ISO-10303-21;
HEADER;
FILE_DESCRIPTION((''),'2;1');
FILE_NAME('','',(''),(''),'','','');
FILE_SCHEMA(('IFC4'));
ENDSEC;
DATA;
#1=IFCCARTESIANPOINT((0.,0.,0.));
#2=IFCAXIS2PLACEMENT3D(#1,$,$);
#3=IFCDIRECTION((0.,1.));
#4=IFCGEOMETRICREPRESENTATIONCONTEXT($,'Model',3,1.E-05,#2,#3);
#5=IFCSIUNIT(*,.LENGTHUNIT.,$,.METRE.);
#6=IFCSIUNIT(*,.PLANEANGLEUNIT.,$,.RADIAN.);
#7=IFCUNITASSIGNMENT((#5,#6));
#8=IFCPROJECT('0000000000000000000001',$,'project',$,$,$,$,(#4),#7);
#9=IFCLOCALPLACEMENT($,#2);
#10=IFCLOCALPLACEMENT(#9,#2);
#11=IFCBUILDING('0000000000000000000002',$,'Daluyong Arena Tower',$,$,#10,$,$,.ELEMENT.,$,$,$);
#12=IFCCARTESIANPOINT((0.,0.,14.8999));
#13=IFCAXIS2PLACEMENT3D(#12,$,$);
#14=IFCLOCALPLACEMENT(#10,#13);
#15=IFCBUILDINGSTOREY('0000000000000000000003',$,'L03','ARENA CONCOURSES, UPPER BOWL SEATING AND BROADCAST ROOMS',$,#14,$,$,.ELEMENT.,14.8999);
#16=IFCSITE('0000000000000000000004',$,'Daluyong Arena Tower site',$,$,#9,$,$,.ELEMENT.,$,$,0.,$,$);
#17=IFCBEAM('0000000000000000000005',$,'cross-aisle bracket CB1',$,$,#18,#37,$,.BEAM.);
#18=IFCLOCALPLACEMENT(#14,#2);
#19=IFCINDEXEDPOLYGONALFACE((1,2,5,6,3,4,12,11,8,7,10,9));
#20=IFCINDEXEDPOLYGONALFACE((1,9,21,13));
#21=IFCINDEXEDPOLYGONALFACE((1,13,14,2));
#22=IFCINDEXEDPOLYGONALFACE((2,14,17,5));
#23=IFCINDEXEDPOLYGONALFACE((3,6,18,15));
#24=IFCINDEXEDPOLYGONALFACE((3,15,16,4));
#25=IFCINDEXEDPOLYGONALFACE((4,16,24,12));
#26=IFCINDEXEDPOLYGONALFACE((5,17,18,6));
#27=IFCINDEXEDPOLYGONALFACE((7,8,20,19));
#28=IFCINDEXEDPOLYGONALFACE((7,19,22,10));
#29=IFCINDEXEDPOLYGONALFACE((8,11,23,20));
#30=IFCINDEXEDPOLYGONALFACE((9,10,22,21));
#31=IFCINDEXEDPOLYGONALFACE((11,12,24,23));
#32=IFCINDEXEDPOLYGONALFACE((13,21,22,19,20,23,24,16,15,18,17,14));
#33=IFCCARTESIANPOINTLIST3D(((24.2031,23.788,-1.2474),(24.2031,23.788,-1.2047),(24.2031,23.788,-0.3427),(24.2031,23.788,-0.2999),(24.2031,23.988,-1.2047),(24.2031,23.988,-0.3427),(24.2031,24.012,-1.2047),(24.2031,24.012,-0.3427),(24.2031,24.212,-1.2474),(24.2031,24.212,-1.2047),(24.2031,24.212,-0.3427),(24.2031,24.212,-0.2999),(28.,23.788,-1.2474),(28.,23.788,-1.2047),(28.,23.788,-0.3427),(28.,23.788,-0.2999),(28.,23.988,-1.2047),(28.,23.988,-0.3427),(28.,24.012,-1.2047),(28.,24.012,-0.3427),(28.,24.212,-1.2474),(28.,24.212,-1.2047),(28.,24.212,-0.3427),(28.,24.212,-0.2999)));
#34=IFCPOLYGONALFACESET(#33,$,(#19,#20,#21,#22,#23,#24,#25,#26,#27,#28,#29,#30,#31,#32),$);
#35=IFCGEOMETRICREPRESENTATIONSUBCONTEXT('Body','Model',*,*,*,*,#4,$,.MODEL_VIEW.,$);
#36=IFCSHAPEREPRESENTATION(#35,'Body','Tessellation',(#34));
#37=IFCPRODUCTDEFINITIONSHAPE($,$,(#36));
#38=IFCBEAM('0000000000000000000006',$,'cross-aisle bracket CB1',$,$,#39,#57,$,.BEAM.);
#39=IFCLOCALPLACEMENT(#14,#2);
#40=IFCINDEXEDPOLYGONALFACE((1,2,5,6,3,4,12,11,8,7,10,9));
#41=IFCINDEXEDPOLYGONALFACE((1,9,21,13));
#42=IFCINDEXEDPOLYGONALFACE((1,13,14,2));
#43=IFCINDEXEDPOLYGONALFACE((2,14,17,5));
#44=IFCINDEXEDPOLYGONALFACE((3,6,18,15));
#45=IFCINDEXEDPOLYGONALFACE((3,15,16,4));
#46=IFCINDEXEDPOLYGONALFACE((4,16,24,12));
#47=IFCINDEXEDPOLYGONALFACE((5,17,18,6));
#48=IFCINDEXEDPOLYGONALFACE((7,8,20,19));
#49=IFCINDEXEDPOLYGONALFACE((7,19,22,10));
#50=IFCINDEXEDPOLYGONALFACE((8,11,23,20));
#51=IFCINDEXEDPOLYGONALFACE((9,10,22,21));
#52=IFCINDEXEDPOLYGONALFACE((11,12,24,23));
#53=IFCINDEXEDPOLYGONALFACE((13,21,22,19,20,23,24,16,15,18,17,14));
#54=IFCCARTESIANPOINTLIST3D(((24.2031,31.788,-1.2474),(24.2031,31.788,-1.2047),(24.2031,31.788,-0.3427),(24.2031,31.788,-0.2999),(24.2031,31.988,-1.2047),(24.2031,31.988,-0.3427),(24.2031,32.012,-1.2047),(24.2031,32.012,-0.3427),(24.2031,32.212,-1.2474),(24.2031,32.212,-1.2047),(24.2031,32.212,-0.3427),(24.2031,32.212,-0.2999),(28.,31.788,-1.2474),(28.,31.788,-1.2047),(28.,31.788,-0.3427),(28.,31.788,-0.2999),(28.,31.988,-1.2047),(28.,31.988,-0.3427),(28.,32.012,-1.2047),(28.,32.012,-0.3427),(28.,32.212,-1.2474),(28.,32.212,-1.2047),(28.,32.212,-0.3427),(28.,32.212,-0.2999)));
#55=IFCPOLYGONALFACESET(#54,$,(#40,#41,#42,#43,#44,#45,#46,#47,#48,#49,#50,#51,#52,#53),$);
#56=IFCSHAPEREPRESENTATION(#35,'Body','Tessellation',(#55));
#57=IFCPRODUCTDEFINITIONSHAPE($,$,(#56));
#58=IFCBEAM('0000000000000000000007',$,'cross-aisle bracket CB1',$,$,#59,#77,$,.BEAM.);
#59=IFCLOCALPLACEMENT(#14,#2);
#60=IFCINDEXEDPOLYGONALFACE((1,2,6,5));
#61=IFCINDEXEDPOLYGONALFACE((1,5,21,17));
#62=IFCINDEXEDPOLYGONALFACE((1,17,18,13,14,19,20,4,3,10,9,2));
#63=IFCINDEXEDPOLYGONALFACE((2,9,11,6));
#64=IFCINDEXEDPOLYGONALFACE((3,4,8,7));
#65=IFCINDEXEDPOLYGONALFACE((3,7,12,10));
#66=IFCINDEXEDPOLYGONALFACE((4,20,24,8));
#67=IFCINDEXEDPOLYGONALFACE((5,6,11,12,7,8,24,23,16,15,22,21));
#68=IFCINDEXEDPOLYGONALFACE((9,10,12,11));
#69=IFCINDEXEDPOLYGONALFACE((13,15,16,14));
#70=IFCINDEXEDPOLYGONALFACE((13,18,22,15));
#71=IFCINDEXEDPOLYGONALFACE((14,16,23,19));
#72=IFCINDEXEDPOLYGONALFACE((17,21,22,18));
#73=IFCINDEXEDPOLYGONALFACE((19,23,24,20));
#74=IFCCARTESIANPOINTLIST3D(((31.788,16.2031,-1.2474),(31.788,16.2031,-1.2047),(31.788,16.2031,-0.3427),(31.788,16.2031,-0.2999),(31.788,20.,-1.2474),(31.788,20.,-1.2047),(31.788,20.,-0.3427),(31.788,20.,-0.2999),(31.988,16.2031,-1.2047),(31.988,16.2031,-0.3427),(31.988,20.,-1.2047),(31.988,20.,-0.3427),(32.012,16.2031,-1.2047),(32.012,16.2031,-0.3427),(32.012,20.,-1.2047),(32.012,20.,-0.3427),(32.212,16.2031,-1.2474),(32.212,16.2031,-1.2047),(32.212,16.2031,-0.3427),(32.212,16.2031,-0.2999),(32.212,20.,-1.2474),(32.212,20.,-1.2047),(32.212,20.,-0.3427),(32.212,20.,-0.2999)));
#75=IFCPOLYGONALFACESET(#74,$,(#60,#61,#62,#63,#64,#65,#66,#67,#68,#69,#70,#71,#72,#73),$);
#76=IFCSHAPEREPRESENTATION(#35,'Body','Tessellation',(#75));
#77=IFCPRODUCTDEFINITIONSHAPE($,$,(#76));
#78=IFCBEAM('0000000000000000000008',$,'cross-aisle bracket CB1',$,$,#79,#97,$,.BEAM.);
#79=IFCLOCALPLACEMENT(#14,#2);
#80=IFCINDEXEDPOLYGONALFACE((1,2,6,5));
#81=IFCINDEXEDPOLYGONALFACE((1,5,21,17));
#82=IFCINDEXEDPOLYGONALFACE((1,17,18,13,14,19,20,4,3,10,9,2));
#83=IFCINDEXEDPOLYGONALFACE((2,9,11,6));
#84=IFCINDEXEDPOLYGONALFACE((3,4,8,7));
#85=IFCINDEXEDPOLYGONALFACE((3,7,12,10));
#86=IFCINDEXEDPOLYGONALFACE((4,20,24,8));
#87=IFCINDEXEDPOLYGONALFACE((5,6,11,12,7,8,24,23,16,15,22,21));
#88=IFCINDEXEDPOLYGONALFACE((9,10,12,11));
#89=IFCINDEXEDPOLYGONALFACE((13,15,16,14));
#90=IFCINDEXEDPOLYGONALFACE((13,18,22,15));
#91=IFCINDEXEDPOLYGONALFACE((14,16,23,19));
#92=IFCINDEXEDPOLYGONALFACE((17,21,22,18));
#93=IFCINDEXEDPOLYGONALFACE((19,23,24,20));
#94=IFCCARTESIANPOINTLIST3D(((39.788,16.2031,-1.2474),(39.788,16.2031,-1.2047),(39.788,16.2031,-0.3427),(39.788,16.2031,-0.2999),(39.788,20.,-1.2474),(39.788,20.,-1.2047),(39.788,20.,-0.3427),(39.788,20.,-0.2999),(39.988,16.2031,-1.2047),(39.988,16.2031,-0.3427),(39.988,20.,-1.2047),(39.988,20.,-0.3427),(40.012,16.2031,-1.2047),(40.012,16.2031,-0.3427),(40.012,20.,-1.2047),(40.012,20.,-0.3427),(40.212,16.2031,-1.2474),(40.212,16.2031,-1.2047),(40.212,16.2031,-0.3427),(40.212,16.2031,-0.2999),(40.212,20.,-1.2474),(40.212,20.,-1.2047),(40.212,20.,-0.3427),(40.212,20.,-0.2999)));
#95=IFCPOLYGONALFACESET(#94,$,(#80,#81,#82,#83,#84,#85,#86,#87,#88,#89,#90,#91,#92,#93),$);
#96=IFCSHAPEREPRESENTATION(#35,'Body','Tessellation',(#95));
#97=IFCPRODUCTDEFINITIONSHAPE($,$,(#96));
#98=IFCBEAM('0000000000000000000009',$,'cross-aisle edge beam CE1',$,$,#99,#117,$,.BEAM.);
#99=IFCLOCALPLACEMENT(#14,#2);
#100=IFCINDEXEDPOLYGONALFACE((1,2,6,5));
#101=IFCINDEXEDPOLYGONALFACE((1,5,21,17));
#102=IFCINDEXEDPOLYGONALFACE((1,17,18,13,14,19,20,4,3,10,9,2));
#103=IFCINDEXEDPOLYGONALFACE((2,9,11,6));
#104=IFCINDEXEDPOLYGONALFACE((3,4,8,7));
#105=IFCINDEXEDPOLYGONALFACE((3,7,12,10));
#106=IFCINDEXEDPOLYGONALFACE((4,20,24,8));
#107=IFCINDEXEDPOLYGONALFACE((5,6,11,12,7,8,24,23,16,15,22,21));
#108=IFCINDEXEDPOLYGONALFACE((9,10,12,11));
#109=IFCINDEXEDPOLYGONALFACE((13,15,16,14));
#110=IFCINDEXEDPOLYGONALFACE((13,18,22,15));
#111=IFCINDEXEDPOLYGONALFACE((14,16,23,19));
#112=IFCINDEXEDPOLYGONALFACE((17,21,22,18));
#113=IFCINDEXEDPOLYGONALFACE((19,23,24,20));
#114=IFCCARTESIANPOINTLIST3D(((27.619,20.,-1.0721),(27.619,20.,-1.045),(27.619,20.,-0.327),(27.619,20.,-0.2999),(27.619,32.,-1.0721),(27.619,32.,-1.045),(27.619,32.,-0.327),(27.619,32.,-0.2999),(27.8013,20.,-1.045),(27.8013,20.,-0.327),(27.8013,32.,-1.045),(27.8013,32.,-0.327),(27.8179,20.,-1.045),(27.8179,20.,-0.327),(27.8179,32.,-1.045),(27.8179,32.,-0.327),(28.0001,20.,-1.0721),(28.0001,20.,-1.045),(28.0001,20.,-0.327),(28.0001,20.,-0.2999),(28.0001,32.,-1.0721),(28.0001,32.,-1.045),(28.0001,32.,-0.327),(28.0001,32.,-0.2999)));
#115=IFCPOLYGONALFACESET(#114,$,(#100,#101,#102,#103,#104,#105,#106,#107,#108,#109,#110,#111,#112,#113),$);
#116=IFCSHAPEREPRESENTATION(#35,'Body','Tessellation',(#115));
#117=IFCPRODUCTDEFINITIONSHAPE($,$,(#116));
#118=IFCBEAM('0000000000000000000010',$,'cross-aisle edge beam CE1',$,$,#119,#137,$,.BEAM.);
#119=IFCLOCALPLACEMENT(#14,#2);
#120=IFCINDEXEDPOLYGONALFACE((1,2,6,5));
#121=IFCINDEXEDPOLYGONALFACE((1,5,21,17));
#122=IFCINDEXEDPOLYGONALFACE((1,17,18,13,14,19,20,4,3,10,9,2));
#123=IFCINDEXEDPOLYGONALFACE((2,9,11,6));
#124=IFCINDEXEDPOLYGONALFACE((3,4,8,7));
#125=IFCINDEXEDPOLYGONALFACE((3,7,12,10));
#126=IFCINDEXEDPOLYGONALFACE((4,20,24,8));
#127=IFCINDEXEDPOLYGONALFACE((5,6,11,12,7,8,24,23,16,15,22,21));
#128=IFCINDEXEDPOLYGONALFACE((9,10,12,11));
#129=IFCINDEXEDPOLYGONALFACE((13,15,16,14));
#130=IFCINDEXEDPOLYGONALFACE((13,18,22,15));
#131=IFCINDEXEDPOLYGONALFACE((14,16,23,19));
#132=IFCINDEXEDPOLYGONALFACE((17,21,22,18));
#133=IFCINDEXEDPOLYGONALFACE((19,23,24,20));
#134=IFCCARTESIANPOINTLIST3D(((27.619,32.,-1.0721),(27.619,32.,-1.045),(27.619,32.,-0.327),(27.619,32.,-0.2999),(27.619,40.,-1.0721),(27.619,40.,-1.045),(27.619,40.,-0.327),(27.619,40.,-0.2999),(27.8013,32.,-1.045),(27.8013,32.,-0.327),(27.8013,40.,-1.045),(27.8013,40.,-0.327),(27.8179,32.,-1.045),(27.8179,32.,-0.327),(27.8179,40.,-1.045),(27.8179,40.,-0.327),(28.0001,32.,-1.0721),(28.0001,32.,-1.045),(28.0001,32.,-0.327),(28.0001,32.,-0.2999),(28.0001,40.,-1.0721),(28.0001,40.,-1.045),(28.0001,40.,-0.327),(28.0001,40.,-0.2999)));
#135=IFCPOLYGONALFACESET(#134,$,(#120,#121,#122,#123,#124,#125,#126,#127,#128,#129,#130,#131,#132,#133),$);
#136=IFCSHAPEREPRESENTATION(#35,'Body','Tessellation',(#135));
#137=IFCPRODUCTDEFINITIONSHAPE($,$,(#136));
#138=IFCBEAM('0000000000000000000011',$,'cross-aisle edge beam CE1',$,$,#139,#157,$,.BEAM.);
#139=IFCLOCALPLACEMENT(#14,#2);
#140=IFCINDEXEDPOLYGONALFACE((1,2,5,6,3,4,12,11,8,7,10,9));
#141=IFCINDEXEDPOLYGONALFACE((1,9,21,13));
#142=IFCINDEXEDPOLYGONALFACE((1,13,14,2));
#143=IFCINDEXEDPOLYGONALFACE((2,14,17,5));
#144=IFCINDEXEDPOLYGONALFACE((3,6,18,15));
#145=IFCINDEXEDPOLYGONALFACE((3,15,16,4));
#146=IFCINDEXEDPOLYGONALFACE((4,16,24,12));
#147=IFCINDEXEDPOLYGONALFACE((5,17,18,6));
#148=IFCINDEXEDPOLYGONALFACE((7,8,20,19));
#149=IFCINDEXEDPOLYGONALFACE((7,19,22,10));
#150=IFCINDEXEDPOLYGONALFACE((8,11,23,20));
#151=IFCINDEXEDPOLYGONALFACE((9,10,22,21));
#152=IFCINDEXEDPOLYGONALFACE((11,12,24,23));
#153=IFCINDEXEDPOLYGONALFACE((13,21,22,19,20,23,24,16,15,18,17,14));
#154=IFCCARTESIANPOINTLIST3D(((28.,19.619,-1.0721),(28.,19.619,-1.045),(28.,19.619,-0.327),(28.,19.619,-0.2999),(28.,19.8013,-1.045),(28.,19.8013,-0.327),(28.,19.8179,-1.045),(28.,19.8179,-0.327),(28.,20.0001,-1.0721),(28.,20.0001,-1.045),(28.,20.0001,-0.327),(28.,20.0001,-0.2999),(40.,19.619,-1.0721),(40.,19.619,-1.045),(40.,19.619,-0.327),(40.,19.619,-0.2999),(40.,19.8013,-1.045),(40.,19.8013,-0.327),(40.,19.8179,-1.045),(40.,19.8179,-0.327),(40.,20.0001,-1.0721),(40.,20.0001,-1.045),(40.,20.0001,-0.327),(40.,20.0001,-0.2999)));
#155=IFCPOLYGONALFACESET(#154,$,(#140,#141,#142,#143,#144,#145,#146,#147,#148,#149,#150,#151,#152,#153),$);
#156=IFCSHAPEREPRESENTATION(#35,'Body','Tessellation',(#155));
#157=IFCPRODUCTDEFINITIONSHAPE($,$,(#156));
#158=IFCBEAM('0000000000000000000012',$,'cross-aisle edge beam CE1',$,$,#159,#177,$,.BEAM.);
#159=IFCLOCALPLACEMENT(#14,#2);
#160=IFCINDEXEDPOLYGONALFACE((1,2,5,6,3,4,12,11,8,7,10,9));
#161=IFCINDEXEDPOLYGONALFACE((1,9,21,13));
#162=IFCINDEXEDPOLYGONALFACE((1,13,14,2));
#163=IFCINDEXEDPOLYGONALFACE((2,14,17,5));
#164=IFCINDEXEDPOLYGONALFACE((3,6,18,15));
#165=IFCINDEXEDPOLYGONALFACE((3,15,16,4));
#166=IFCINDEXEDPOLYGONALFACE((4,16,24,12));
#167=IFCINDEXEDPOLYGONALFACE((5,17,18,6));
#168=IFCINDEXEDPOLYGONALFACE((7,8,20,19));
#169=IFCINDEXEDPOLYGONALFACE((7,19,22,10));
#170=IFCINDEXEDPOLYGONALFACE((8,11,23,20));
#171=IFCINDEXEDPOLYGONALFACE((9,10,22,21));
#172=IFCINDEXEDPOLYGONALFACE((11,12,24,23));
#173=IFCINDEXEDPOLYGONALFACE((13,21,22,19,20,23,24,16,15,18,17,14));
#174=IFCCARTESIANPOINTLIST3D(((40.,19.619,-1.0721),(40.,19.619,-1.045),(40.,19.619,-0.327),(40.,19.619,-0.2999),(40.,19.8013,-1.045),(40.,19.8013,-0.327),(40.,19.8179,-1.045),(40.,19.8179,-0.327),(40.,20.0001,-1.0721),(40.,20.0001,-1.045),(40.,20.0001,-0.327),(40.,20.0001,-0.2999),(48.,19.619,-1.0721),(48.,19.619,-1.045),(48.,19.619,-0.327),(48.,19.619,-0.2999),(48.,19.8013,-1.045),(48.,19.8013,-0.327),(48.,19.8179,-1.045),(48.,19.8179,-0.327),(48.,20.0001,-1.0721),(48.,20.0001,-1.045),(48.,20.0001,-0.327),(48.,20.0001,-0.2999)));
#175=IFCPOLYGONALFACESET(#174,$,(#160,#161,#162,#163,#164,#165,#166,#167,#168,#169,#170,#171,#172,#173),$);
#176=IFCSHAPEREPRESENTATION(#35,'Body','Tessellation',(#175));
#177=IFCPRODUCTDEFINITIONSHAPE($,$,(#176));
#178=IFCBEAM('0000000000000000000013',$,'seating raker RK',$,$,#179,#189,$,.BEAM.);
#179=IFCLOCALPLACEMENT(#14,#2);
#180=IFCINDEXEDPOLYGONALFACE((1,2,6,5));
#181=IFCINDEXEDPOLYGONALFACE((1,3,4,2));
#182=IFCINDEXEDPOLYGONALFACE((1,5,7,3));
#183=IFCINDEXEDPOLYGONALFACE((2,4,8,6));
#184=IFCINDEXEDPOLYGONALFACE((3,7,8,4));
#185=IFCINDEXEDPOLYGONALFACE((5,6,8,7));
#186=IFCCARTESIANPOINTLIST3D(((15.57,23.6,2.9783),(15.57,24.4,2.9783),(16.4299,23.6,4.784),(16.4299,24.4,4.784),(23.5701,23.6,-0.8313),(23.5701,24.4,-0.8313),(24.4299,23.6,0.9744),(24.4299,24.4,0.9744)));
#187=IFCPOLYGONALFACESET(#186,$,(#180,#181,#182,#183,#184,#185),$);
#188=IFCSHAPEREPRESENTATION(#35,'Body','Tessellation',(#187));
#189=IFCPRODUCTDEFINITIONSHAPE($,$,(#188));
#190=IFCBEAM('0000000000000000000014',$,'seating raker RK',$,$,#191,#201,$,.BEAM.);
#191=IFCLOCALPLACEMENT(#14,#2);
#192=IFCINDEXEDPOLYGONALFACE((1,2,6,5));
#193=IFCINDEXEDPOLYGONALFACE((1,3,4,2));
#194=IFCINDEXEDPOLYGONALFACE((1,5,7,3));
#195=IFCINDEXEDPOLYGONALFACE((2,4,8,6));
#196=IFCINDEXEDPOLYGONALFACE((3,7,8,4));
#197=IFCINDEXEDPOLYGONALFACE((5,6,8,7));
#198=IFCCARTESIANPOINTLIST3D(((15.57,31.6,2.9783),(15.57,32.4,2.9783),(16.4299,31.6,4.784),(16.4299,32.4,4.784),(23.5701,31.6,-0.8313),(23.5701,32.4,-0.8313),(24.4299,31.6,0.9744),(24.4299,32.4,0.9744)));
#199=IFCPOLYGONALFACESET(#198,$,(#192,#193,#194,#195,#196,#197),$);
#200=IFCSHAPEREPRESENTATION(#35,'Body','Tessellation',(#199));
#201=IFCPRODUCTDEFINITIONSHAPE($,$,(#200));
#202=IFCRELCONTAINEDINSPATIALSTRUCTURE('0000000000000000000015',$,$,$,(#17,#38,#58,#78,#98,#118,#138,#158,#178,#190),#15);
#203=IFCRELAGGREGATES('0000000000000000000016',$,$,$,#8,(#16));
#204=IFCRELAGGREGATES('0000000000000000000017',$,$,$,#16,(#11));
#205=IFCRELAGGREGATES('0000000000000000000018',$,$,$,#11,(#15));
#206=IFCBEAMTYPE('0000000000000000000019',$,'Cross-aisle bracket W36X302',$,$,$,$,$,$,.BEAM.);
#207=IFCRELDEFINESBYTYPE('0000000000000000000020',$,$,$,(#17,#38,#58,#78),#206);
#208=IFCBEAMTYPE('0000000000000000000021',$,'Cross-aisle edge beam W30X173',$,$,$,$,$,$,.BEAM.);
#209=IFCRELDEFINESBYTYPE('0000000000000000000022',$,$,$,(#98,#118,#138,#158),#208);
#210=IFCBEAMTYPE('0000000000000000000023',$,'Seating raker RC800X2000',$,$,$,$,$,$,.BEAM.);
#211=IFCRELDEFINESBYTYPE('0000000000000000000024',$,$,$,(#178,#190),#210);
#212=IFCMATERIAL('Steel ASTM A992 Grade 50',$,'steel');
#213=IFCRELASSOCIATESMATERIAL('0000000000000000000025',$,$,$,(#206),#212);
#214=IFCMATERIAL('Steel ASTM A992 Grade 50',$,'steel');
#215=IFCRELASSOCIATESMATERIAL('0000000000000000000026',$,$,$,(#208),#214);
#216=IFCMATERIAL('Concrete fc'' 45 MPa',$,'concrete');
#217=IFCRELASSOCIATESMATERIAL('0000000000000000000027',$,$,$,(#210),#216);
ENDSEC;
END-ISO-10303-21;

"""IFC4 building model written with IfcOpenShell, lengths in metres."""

from ifc_helpers import new_model, si_unit, direction, frame, origin, origin_2d, place, context, subcontext, project, spatial, rectangle, i_section, extrude, material, material_profile, profile_set, type_object, element, save


model = new_model("IFC4")

# Units and contexts
model_context = context("Model", 3, precision=1e-05, world=origin(), true_north=direction((0.0, 1.0)))
body_context = subcontext(model_context, "Body", "Model", "MODEL_VIEW")
ifc_project = project(units=[si_unit("LENGTHUNIT", "METRE"), si_unit("PLANEANGLEUNIT", "RADIAN")], contexts=[model_context])

# Site, building, storey
site_placement = place(None, origin())
site = spatial("IfcSite", under=ifc_project, at=site_placement, Name="Daluyong Arena Tower site", CompositionType="ELEMENT", RefElevation=0.0)
building_placement = place(site_placement, origin())
building = spatial("IfcBuilding", under=site, at=building_placement, Name="Daluyong Arena Tower", CompositionType="ELEMENT")
storey_placement = place(building_placement, frame((0.0, 0.0, 14.8999)))
storey = spatial("IfcBuildingStorey", under=building, at=storey_placement, Name="L03", Description="ARENA CONCOURSES, UPPER BOWL SEATING AND BROADCAST ROOMS", CompositionType="ELEMENT", Elevation=14.8999)

# Beams
ifc_material_1 = material(Name="Steel ASTM A992 Grade 50", Category="steel")
ifc_material_profile_1 = material_profile(ifc_material_1, i_section(OverallWidth=0.4241, OverallDepth=0.9475, WebThickness=0.0239, FlangeThickness=0.0427, at=origin_2d()))
ifc_profile_set_1 = profile_set([ifc_material_profile_1], Name="Steel ASTM A992 Grade 50")
beam_type_1 = type_object("IfcBeamType", Name="Cross-aisle bracket W36X302", PredefinedType="BEAM", material=ifc_profile_set_1)
for number, where, z_axis, x_axis, name in (
    (1, (24.2031, 24.0, -0.7737), (1.0, 0.0, 0.0), (0.0, 1.0, 0.0), "cross-aisle bracket CB1"),
    (2, (24.2031, 32.0, -0.7737), (1.0, 0.0, 0.0), (0.0, 1.0, 0.0), "cross-aisle bracket CB1"),
    (3, (32.0, 16.2031, -0.7737), (0.0, 1.0, 0.0), (-1.0, 0.0, 0.0), "cross-aisle bracket CB1"),
    (4, (40.0, 16.2031, -0.7737), (0.0, 1.0, 0.0), (-1.0, 0.0, 0.0), "cross-aisle bracket CB1"),
):
    element("IfcBeam", number, at=place(storey_placement, frame(where, z_axis=z_axis, x_axis=x_axis)), inside=storey, type_object=beam_type_1, Name=name, PredefinedType="BEAM", context=body_context, shape_type="SweptSolid", body=[
        extrude(i_section(OverallWidth=0.4241, OverallDepth=0.9475, WebThickness=0.0239, FlangeThickness=0.0427, at=origin_2d()), origin(), (0.0, 0.0, 1.0), 3.7969),
    ])
ifc_material_2 = material(Name="Steel ASTM A992 Grade 50", Category="steel")
ifc_material_profile_2 = material_profile(ifc_material_2, i_section(OverallWidth=0.3811, OverallDepth=0.7722, WebThickness=0.0166, FlangeThickness=0.0271, at=origin_2d()))
ifc_profile_set_2 = profile_set([ifc_material_profile_2], Name="Steel ASTM A992 Grade 50")
beam_type_2 = type_object("IfcBeamType", Name="Cross-aisle edge beam W30X173", PredefinedType="BEAM", material=ifc_profile_set_2)
beam_1_placement = place(storey_placement, frame((27.8096, 20.0, -0.686), z_axis=(0.0, 1.0, 0.0), x_axis=(-1.0, 0.0, 0.0)))
element("IfcBeam", 5, at=beam_1_placement, inside=storey, type_object=beam_type_2, Name="cross-aisle edge beam CE1", PredefinedType="BEAM", context=body_context, shape_type="SweptSolid", body=[
    extrude(i_section(OverallWidth=0.3811, OverallDepth=0.7722, WebThickness=0.0166, FlangeThickness=0.0271, at=origin_2d()), origin(), (0.0, 0.0, 1.0), 12.0),
])
beam_2_placement = place(storey_placement, frame((27.8096, 32.0, -0.686), z_axis=(0.0, 1.0, 0.0), x_axis=(-1.0, 0.0, 0.0)))
element("IfcBeam", 6, at=beam_2_placement, inside=storey, type_object=beam_type_2, Name="cross-aisle edge beam CE1", PredefinedType="BEAM", context=body_context, shape_type="SweptSolid", body=[
    extrude(i_section(OverallWidth=0.3811, OverallDepth=0.7722, WebThickness=0.0166, FlangeThickness=0.0271, at=origin_2d()), origin(), (0.0, 0.0, 1.0), 8.0),
])
beam_3_placement = place(storey_placement, frame((28.0, 19.8096, -0.686), z_axis=(1.0, 0.0, 0.0), x_axis=(0.0, 1.0, 0.0)))
element("IfcBeam", 7, at=beam_3_placement, inside=storey, type_object=beam_type_2, Name="cross-aisle edge beam CE1", PredefinedType="BEAM", context=body_context, shape_type="SweptSolid", body=[
    extrude(i_section(OverallWidth=0.3811, OverallDepth=0.7722, WebThickness=0.0166, FlangeThickness=0.0271, at=origin_2d()), origin(), (0.0, 0.0, 1.0), 12.0),
])
beam_4_placement = place(storey_placement, frame((40.0, 19.8096, -0.686), z_axis=(1.0, 0.0, 0.0), x_axis=(0.0, 1.0, 0.0)))
element("IfcBeam", 8, at=beam_4_placement, inside=storey, type_object=beam_type_2, Name="cross-aisle edge beam CE1", PredefinedType="BEAM", context=body_context, shape_type="SweptSolid", body=[
    extrude(i_section(OverallWidth=0.3811, OverallDepth=0.7722, WebThickness=0.0166, FlangeThickness=0.0271, at=origin_2d()), origin(), (0.0, 0.0, 1.0), 8.0),
])
ifc_material_3 = material(Name="Concrete fc' 45 MPa", Category="concrete")
ifc_material_profile_3 = material_profile(ifc_material_3, rectangle(XDim=0.8, YDim=2.0, at=origin_2d()))
ifc_profile_set_3 = profile_set([ifc_material_profile_3], Name="Concrete fc' 45 MPa")
beam_type_3 = type_object("IfcBeamType", Name="Seating raker RC800X2000", PredefinedType="BEAM", material=ifc_profile_set_3)
for number, where, z_axis, x_axis, name in (
    (9, (24.0, 24.0, 0.0715), (-0.902858, 0.0, 0.429938), (0.0, -1.0, 0.0), "seating raker RK"),
    (10, (24.0, 32.0, 0.0715), (-0.902858, 0.0, 0.429938), (0.0, -1.0, 0.0), "seating raker RK"),
):
    element("IfcBeam", number, at=place(storey_placement, frame(where, z_axis=z_axis, x_axis=x_axis)), inside=storey, type_object=beam_type_3, Name=name, PredefinedType="BEAM", context=body_context, shape_type="SweptSolid", body=[
        extrude(rectangle(XDim=0.8, YDim=2.0, at=origin_2d()), origin(), (0.0, 0.0, 1.0), 8.8608),
    ])

save(model, "model.ifc")
